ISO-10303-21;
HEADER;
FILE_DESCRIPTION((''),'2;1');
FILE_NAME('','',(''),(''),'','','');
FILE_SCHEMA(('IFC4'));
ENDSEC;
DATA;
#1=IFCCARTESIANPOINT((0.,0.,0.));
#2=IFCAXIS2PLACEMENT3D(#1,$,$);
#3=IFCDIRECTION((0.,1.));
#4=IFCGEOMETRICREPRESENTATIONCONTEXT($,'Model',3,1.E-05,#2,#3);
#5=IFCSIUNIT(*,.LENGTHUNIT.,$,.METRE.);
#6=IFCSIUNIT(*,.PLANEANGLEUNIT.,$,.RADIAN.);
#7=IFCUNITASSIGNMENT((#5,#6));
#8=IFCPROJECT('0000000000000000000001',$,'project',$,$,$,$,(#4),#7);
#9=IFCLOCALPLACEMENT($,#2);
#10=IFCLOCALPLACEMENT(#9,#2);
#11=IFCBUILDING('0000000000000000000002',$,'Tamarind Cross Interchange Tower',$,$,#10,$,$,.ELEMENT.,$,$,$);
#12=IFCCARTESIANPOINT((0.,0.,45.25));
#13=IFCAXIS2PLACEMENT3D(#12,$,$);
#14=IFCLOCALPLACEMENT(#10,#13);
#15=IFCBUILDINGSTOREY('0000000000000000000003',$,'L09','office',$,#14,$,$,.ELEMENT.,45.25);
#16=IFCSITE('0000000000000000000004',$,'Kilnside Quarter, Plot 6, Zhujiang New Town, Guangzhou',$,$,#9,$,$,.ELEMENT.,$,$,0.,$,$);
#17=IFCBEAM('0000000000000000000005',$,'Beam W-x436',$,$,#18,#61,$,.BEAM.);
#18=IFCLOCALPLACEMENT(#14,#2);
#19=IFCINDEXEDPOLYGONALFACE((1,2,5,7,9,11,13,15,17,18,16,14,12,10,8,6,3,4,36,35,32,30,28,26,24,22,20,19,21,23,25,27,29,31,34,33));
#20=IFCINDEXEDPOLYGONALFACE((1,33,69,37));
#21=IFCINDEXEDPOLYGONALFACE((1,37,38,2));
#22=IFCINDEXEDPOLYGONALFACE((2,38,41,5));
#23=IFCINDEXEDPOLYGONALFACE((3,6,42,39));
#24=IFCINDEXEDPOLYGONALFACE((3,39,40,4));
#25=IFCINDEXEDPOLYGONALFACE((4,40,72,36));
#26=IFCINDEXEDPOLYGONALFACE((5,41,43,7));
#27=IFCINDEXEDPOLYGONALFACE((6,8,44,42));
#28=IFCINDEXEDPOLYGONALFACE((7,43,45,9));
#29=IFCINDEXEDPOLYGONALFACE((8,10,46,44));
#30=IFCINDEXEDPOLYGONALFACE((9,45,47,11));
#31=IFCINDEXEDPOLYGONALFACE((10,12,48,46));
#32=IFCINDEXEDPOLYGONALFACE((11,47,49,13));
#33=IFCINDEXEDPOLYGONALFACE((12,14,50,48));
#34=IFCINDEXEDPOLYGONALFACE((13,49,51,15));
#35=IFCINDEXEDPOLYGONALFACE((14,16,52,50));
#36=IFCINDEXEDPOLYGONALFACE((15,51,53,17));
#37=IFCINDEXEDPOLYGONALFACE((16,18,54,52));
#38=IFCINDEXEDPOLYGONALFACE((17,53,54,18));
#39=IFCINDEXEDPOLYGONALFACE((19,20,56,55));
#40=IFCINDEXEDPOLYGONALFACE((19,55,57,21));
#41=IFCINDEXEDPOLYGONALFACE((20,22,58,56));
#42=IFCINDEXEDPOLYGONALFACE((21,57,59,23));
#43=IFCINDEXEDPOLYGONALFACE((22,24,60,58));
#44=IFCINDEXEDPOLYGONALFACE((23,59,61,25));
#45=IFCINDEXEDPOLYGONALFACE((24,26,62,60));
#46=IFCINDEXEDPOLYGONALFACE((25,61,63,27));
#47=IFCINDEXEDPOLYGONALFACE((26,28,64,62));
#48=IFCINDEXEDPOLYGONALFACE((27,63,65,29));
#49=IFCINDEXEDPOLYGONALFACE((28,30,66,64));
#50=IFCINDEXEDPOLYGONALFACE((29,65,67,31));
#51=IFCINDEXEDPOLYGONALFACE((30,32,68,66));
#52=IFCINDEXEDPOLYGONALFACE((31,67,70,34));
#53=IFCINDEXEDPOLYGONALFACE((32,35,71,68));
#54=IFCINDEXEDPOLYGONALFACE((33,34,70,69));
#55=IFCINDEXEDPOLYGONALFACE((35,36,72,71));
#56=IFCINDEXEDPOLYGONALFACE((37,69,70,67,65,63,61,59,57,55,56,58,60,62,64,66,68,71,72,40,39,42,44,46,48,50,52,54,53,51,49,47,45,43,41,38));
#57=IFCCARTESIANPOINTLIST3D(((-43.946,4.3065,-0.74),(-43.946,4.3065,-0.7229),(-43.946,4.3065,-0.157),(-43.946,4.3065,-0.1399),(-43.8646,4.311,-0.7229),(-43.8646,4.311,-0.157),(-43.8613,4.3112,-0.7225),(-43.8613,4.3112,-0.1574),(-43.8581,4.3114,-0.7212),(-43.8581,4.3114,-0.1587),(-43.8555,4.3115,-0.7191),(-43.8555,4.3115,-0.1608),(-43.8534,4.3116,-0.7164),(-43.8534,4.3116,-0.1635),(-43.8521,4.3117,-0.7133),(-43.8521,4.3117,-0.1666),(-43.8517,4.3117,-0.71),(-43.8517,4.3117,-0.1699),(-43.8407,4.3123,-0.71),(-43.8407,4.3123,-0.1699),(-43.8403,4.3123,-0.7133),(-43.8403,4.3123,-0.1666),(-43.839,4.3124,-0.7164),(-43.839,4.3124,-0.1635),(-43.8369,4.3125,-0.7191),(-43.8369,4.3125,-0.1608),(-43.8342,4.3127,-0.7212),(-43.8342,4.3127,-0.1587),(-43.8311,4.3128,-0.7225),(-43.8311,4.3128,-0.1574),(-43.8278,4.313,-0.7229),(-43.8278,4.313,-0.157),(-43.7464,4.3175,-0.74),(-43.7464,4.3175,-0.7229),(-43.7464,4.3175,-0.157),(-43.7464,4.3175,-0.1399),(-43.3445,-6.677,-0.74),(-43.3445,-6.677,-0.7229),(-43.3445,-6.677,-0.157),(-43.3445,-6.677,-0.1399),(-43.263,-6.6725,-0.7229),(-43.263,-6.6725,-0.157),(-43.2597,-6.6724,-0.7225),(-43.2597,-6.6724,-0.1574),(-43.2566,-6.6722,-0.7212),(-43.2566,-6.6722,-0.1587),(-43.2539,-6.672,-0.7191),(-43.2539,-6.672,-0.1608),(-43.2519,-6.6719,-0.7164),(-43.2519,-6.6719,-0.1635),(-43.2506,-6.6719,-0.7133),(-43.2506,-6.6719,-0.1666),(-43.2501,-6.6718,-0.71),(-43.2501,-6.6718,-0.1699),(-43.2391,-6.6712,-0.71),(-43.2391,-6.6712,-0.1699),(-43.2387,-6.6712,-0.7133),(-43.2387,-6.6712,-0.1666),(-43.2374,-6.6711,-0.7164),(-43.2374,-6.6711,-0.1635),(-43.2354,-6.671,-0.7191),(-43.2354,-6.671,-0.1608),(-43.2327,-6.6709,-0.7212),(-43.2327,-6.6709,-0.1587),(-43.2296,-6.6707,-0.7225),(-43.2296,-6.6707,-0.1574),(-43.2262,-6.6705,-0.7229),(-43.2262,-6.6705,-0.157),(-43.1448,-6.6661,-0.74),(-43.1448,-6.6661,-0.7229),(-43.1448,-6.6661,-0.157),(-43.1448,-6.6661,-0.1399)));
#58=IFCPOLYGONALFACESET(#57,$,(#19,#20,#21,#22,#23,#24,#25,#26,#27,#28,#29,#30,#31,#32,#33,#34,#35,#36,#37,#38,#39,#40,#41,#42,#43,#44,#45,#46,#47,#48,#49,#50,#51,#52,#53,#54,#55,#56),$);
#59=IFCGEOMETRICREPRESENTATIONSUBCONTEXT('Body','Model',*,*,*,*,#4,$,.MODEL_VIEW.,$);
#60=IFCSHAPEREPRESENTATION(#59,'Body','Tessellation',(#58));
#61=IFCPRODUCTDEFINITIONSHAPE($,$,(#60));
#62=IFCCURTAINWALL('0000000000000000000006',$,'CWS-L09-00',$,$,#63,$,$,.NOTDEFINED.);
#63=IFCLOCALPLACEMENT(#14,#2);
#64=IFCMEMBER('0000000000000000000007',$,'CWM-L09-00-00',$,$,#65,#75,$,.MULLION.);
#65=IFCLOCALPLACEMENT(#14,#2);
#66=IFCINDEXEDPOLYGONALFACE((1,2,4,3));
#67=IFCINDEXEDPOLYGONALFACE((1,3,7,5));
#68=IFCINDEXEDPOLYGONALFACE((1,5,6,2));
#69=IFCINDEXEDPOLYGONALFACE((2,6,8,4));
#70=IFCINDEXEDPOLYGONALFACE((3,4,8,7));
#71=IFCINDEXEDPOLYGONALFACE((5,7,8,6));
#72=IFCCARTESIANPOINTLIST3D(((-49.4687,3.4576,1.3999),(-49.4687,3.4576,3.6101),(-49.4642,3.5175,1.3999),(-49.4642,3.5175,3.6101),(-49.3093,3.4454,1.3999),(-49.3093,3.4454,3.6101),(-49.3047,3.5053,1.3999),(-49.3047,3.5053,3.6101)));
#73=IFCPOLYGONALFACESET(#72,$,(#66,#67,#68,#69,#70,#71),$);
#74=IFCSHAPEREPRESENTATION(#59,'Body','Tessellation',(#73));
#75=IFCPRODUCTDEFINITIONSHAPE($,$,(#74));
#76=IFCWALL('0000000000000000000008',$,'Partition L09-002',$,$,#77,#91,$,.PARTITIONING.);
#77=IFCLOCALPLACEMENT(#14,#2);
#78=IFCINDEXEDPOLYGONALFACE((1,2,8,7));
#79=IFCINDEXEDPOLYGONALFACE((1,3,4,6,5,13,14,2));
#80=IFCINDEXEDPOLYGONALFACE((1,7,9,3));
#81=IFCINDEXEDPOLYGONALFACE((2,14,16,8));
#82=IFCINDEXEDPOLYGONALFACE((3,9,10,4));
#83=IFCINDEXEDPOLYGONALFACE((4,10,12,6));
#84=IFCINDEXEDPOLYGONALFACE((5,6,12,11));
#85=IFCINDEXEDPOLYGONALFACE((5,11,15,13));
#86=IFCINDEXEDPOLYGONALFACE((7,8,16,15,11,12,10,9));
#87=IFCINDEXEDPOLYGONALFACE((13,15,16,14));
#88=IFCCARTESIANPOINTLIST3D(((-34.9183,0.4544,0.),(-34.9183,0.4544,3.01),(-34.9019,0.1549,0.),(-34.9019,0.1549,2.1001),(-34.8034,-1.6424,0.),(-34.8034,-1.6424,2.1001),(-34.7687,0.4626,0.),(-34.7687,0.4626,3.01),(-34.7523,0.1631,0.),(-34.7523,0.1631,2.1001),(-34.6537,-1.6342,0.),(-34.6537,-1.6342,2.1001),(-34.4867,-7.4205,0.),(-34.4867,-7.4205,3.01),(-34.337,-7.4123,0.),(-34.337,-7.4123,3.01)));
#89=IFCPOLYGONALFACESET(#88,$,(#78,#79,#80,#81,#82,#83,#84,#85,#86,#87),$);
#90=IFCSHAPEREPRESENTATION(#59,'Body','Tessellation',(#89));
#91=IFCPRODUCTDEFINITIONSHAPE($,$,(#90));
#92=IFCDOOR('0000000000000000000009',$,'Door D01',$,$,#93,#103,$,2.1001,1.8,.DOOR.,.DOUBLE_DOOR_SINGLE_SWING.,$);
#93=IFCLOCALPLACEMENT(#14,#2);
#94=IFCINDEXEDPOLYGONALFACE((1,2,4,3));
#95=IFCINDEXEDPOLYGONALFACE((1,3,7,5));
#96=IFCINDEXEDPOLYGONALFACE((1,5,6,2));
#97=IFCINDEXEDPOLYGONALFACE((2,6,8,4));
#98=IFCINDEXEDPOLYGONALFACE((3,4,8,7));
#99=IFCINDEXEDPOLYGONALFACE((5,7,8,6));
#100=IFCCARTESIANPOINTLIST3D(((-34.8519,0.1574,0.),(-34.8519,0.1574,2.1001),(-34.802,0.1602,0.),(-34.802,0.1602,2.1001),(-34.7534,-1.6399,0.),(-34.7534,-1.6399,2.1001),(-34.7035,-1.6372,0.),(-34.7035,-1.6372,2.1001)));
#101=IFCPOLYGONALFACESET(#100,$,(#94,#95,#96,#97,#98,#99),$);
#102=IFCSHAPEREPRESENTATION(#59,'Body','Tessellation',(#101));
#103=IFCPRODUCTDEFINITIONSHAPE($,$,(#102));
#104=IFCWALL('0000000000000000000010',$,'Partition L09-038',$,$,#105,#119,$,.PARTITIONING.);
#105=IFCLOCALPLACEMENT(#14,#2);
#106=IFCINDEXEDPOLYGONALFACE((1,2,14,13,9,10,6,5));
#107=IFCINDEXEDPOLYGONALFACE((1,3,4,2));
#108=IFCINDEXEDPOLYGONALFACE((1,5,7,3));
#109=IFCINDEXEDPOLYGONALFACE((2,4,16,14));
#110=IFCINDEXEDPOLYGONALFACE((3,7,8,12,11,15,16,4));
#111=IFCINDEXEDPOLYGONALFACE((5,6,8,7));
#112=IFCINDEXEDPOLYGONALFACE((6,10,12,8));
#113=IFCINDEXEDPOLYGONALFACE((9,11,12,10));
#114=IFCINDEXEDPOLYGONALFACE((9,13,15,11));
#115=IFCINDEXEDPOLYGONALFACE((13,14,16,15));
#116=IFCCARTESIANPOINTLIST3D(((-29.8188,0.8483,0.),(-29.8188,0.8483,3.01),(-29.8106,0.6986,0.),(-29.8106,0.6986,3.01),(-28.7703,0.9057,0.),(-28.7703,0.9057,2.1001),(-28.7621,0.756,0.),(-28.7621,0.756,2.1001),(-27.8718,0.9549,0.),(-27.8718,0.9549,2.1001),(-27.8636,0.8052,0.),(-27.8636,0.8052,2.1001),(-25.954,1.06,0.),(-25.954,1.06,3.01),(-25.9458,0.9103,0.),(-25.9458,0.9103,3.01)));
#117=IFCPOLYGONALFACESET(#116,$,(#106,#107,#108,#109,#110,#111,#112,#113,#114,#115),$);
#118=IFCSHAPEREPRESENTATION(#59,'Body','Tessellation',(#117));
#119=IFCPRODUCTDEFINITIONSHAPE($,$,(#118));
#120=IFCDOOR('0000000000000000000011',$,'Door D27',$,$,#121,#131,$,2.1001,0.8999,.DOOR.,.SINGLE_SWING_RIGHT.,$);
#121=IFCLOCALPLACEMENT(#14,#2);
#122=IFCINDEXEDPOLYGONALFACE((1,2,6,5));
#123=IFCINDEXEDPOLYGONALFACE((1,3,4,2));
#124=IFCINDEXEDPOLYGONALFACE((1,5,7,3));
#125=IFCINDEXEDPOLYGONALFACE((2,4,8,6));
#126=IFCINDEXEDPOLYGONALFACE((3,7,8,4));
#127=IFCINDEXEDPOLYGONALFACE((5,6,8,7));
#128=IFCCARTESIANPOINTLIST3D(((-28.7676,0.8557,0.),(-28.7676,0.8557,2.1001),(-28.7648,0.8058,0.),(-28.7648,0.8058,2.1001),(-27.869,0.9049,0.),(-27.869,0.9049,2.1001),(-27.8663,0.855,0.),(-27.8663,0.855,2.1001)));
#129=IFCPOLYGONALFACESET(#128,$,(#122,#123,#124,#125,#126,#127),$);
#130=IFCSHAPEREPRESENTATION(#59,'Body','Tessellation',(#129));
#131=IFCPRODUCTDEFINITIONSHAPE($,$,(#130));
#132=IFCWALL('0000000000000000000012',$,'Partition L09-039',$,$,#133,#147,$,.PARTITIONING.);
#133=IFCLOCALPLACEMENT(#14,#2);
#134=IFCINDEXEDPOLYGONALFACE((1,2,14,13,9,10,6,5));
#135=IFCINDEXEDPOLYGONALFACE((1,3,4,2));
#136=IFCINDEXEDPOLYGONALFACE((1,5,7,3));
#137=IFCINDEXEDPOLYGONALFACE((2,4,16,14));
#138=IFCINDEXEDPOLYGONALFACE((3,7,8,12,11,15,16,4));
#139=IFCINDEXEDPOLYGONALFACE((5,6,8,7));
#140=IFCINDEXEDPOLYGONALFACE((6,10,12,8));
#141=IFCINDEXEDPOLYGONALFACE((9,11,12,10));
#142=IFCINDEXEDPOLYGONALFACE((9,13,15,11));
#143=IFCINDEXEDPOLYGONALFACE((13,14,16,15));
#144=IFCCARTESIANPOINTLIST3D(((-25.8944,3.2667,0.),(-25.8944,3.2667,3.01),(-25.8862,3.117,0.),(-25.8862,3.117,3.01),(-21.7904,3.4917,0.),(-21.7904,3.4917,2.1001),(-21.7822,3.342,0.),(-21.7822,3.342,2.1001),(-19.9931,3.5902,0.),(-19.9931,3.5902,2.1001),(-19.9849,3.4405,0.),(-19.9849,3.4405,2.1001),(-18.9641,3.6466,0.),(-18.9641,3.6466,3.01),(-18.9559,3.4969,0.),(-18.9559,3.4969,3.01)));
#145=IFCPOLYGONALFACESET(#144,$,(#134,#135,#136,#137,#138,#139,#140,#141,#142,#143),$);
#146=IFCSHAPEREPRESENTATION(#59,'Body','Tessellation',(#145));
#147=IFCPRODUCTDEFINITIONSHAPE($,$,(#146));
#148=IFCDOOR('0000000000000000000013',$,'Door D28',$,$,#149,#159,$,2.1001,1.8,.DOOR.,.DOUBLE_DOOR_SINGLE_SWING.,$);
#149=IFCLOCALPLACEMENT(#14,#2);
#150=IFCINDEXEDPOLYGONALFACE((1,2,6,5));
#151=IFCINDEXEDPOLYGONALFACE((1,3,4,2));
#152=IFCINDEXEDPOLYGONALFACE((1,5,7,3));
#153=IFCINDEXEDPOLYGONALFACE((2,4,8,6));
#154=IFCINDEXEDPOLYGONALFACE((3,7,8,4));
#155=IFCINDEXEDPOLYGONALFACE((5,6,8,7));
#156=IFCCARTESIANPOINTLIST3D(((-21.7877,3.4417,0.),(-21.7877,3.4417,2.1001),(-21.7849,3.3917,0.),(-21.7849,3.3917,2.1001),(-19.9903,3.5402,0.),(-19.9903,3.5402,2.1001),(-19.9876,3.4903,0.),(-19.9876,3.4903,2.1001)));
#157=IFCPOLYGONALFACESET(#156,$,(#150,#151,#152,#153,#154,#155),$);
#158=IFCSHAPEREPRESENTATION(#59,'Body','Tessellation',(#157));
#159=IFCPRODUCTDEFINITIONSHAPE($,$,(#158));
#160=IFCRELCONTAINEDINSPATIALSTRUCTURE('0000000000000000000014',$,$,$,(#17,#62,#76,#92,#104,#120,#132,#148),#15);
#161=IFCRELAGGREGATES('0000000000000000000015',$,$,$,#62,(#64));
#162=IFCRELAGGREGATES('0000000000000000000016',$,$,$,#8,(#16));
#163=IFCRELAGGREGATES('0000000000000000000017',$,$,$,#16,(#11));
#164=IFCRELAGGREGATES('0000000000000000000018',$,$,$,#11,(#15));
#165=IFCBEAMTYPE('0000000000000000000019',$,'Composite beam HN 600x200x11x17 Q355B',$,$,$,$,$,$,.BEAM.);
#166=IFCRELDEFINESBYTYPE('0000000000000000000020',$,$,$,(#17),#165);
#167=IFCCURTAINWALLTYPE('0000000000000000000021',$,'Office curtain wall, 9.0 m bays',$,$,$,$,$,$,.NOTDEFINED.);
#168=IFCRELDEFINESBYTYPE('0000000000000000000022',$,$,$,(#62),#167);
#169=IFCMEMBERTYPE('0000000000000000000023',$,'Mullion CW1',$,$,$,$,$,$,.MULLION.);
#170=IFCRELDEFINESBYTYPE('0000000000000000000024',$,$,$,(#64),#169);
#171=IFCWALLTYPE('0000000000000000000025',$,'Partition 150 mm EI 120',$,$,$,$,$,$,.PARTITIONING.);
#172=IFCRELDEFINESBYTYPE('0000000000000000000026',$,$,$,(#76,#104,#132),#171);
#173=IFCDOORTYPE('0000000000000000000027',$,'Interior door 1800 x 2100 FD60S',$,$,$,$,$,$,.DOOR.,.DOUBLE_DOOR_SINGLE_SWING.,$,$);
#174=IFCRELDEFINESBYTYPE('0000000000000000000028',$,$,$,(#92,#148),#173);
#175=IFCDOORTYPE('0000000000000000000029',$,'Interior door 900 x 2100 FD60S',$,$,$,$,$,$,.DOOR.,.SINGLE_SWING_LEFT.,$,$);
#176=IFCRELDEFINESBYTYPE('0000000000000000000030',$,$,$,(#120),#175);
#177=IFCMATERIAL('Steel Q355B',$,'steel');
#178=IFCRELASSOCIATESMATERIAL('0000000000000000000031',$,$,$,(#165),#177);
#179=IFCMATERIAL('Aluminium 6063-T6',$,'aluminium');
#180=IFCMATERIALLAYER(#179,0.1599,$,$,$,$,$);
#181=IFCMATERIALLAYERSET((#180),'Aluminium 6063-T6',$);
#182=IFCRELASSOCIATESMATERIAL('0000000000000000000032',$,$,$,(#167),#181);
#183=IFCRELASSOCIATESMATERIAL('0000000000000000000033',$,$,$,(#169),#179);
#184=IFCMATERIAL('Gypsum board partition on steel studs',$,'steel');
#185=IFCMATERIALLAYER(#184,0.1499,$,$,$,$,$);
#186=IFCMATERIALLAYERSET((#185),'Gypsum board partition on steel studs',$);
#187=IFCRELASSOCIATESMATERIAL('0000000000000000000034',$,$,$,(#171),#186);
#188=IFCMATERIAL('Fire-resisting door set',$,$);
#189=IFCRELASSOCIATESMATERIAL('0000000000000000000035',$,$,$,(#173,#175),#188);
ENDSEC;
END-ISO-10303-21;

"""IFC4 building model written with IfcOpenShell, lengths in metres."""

from ifc_helpers import new_model, si_unit, direction, frame, frame_2d, origin, origin_2d, place, context, subcontext, project, spatial, rectangle, i_section, extrude, material, layer, layer_set, material_profile, profile_set, type_object, element, fill, aggregate, save


model = new_model("IFC4")

# Units and contexts
model_context = context("Model", 3, precision=1e-05, world=origin(), true_north=direction((0.0, 1.0)))
body_context = subcontext(model_context, "Body", "Model", "MODEL_VIEW")
ifc_project = project(units=[si_unit("LENGTHUNIT", "METRE"), si_unit("PLANEANGLEUNIT", "RADIAN")], contexts=[model_context])

# Site, building, storey
site_placement = place(None, origin())
site = spatial("IfcSite", under=ifc_project, at=site_placement, Name="Kilnside Quarter, Plot 6, Zhujiang New Town, Guangzhou", CompositionType="ELEMENT", RefElevation=0.0)
building_placement = place(site_placement, origin())
building = spatial("IfcBuilding", under=site, at=building_placement, Name="Tamarind Cross Interchange Tower", CompositionType="ELEMENT")
storey_placement = place(building_placement, frame((0.0, 0.0, 45.25)))
storey = spatial("IfcBuildingStorey", under=building, at=storey_placement, Name="L09", Description="office", CompositionType="ELEMENT", Elevation=45.25)

# Beam
ifc_material_1 = material(Name="Steel Q355B", Category="steel")
ifc_material_profile_1 = material_profile(ifc_material_1, i_section(OverallWidth=0.2, OverallDepth=0.6001, WebThickness=0.011, FlangeThickness=0.0171, FilletRadius=0.0129, at=origin_2d()), Name="HN 600x200x11x17")
ifc_profile_set_1 = profile_set([ifc_material_profile_1], Name="Steel Q355B")
beam_type_1 = type_object("IfcBeamType", Name="Composite beam HN 600x200x11x17 Q355B", PredefinedType="BEAM", material=ifc_profile_set_1)
beam_1_placement = place(storey_placement, frame((-43.8462, 4.312, -0.4399), z_axis=(0.054687, -0.998504, 0.0), x_axis=(0.998504, 0.054687, 0.0)))
element("IfcBeam", 1, at=beam_1_placement, inside=storey, type_object=beam_type_1, Name="Beam W-x436", PredefinedType="BEAM", context=body_context, shape_type="SweptSolid", body=[
    extrude(i_section(OverallWidth=0.2, OverallDepth=0.6001, WebThickness=0.011, FlangeThickness=0.0171, FilletRadius=0.0129, at=origin_2d()), origin(), (0.0, 0.0, 1.0), 11.0),
])

# Curtain wall, member
ifc_material_2 = material(Name="Aluminium 6063-T6", Category="aluminium")
ifc_layer_1 = layer(ifc_material_2, 0.1599)
ifc_layer_set_1 = layer_set([ifc_layer_1], Name="Aluminium 6063-T6")
curtain_wall_type = type_object("IfcCurtainWallType", Name="Office curtain wall, 9.0 m bays", PredefinedType="NOTDEFINED", material=ifc_layer_set_1)
curtain_wall_placement = place(storey_placement, origin())
curtain_wall = element("IfcCurtainWall", 2, at=curtain_wall_placement, inside=storey, type_object=curtain_wall_type, Name="CWS-L09-00", PredefinedType="NOTDEFINED")
ifc_material_profile_2 = material_profile(ifc_material_2, rectangle(XDim=0.0601, YDim=0.1599, at=origin_2d()), Name="Mullion CW1")
ifc_profile_set_2 = profile_set([ifc_material_profile_2], Name="Aluminium 6063-T6")
member_type = type_object("IfcMemberType", Name="Mullion CW1", PredefinedType="MULLION", material=ifc_profile_set_2)
member_placement = place(storey_placement, frame((-49.3867, 3.4814, 1.3999), z_axis=(0.0, 0.0, 1.0), x_axis=(-0.07612, -0.997099, 0.0)))
member = element("IfcMember", 3, at=member_placement, type_object=member_type, Name="CWM-L09-00-00", PredefinedType="MULLION", context=body_context, shape_type="SweptSolid", body=[
    extrude(rectangle(XDim=0.0601, YDim=0.1599, at=origin_2d()), origin(), (0.0, 0.0, 1.0), 2.2102),
])
aggregate(curtain_wall, [member])

# Walls, openings, doors
ifc_material_3 = material(Name="Gypsum board partition on steel studs", Category="steel")
ifc_layer_2 = layer(ifc_material_3, 0.1499)
ifc_layer_set_2 = layer_set([ifc_layer_2], Name="Gypsum board partition on steel studs")
wall_type_1 = type_object("IfcWallType", Name="Partition 150 mm EI 120", PredefinedType="PARTITIONING", material=ifc_layer_set_2)
wall_1_placement = place(storey_placement, frame((-34.8435, 0.4585, 0.0), z_axis=(0.0, 0.0, 1.0), x_axis=(0.054729, -0.998501, 0.0)))
wall_1 = element("IfcWall", 4, at=wall_1_placement, inside=storey, type_object=wall_type_1, Name="Partition L09-002", PredefinedType="PARTITIONING", context=body_context, shape_type="SweptSolid", body=[
    extrude(rectangle(XDim=7.8867, YDim=0.1499, at=frame_2d((3.9434, 0.0))), origin(), (0.0, 0.0, 1.0), 3.01),
])
opening_1_placement = place(wall_1_placement, frame((0.3, 0.0, 0.0)))
opening_1 = element("IfcOpeningElement", 5, at=opening_1_placement, cuts=wall_1, PredefinedType="OPENING", context=body_context, shape_type="SweptSolid", body=[
    extrude(rectangle(XDim=1.8, YDim=2.1001, at=frame_2d((0.8999, 1.05))), frame((0.0, 0.085, 0.0), z_axis=(0.0, -1.0, 0.0), x_axis=(1.0, 0.0, 0.0)), (0.0, 0.0, 1.0), 0.1699),
])
ifc_material_4 = material(Name="Fire-resisting door set")
door_type_1 = type_object("IfcDoorType", Name="Interior door 1800 x 2100 FD60S", OperationType="DOUBLE_DOOR_SINGLE_SWING", PredefinedType="DOOR", material=ifc_material_4)
door_1_placement = place(opening_1_placement, frame((1.8, 0.0, 0.0), z_axis=(0.0, 0.0, 1.0), x_axis=(-1.0, 0.0, 0.0)))
door_1 = element("IfcDoor", 6, at=door_1_placement, inside=storey, type_object=door_type_1, Name="Door D01", OperationType="DOUBLE_DOOR_SINGLE_SWING", OverallHeight=2.1001, OverallWidth=1.8, PredefinedType="DOOR", context=body_context, shape_type="SweptSolid", body=[
    extrude(rectangle(XDim=1.8, YDim=2.1001, at=frame_2d((0.8999, 1.05))), frame((0.0, 0.0249, 0.0), z_axis=(0.0, -1.0, 0.0), x_axis=(1.0, 0.0, 0.0)), (0.0, 0.0, 1.0), 0.05),
])
fill(opening_1, door_1)
wall_2_placement = place(storey_placement, frame((-29.8147, 0.7734, 0.0), z_axis=(0.0, 0.0, 1.0), x_axis=(0.998504, 0.054687, 0.0)))
wall_2 = element("IfcWall", 7, at=wall_2_placement, inside=storey, type_object=wall_type_1, Name="Partition L09-038", PredefinedType="PARTITIONING", context=body_context, shape_type="SweptSolid", body=[
    extrude(rectangle(XDim=3.8706, YDim=0.1499, at=frame_2d((1.9353, 0.0))), origin(), (0.0, 0.0, 1.0), 3.01),
])
opening_2_placement = place(wall_2_placement, frame((1.05, 0.0, 0.0)))
opening_2 = element("IfcOpeningElement", 8, at=opening_2_placement, cuts=wall_2, PredefinedType="OPENING", context=body_context, shape_type="SweptSolid", body=[
    extrude(rectangle(XDim=0.8999, YDim=2.1001, at=frame_2d((0.45, 1.05))), frame((0.0, 0.085, 0.0), z_axis=(0.0, -1.0, 0.0), x_axis=(1.0, 0.0, 0.0)), (0.0, 0.0, 1.0), 0.1699),
])
door_type_2 = type_object("IfcDoorType", Name="Interior door 900 x 2100 FD60S", OperationType="SINGLE_SWING_LEFT", PredefinedType="DOOR", material=ifc_material_4)
door_2_placement = place(opening_2_placement, origin())
door_2 = element("IfcDoor", 9, at=door_2_placement, inside=storey, type_object=door_type_2, Name="Door D27", OperationType="SINGLE_SWING_RIGHT", OverallHeight=2.1001, OverallWidth=0.8999, PredefinedType="DOOR", context=body_context, shape_type="SweptSolid", body=[
    extrude(rectangle(XDim=0.8999, YDim=2.1001, at=frame_2d((0.45, 1.05))), frame((0.0, 0.0249, 0.0), z_axis=(0.0, -1.0, 0.0), x_axis=(1.0, 0.0, 0.0)), (0.0, 0.0, 1.0), 0.05),
])
fill(opening_2, door_2)
wall_3_placement = place(storey_placement, frame((-25.8901, 3.1919, 0.0), z_axis=(0.0, 0.0, 1.0), x_axis=(0.998501, 0.054734, 0.0)))
wall_3 = element("IfcWall", 10, at=wall_3_placement, inside=storey, type_object=wall_type_1, Name="Partition L09-039", PredefinedType="PARTITIONING", context=body_context, shape_type="SweptSolid", body=[
    extrude(rectangle(XDim=6.9407, YDim=0.1499, at=frame_2d((3.4702, 0.0))), origin(), (0.0, 0.0, 1.0), 3.01),
])
opening_3_placement = place(wall_3_placement, frame((4.1101, 0.0, 0.0)))
opening_3 = element("IfcOpeningElement", 11, at=opening_3_placement, cuts=wall_3, PredefinedType="OPENING", context=body_context, shape_type="SweptSolid", body=[
    extrude(rectangle(XDim=1.8, YDim=2.1001, at=frame_2d((0.8999, 1.05))), frame((0.0, 0.085, 0.0), z_axis=(0.0, -1.0, 0.0), x_axis=(1.0, 0.0, 0.0)), (0.0, 0.0, 1.0), 0.1699),
])
door_3_placement = place(opening_3_placement, origin())
door_3 = element("IfcDoor", 12, at=door_3_placement, inside=storey, type_object=door_type_1, Name="Door D28", OperationType="DOUBLE_DOOR_SINGLE_SWING", OverallHeight=2.1001, OverallWidth=1.8, PredefinedType="DOOR", context=body_context, shape_type="SweptSolid", body=[
    extrude(rectangle(XDim=1.8, YDim=2.1001, at=frame_2d((0.8999, 1.05))), frame((0.0, 0.0249, 0.0), z_axis=(0.0, -1.0, 0.0), x_axis=(1.0, 0.0, 0.0)), (0.0, 0.0, 1.0), 0.05),
])
fill(opening_3, door_3)

save(model, "model.ifc")
